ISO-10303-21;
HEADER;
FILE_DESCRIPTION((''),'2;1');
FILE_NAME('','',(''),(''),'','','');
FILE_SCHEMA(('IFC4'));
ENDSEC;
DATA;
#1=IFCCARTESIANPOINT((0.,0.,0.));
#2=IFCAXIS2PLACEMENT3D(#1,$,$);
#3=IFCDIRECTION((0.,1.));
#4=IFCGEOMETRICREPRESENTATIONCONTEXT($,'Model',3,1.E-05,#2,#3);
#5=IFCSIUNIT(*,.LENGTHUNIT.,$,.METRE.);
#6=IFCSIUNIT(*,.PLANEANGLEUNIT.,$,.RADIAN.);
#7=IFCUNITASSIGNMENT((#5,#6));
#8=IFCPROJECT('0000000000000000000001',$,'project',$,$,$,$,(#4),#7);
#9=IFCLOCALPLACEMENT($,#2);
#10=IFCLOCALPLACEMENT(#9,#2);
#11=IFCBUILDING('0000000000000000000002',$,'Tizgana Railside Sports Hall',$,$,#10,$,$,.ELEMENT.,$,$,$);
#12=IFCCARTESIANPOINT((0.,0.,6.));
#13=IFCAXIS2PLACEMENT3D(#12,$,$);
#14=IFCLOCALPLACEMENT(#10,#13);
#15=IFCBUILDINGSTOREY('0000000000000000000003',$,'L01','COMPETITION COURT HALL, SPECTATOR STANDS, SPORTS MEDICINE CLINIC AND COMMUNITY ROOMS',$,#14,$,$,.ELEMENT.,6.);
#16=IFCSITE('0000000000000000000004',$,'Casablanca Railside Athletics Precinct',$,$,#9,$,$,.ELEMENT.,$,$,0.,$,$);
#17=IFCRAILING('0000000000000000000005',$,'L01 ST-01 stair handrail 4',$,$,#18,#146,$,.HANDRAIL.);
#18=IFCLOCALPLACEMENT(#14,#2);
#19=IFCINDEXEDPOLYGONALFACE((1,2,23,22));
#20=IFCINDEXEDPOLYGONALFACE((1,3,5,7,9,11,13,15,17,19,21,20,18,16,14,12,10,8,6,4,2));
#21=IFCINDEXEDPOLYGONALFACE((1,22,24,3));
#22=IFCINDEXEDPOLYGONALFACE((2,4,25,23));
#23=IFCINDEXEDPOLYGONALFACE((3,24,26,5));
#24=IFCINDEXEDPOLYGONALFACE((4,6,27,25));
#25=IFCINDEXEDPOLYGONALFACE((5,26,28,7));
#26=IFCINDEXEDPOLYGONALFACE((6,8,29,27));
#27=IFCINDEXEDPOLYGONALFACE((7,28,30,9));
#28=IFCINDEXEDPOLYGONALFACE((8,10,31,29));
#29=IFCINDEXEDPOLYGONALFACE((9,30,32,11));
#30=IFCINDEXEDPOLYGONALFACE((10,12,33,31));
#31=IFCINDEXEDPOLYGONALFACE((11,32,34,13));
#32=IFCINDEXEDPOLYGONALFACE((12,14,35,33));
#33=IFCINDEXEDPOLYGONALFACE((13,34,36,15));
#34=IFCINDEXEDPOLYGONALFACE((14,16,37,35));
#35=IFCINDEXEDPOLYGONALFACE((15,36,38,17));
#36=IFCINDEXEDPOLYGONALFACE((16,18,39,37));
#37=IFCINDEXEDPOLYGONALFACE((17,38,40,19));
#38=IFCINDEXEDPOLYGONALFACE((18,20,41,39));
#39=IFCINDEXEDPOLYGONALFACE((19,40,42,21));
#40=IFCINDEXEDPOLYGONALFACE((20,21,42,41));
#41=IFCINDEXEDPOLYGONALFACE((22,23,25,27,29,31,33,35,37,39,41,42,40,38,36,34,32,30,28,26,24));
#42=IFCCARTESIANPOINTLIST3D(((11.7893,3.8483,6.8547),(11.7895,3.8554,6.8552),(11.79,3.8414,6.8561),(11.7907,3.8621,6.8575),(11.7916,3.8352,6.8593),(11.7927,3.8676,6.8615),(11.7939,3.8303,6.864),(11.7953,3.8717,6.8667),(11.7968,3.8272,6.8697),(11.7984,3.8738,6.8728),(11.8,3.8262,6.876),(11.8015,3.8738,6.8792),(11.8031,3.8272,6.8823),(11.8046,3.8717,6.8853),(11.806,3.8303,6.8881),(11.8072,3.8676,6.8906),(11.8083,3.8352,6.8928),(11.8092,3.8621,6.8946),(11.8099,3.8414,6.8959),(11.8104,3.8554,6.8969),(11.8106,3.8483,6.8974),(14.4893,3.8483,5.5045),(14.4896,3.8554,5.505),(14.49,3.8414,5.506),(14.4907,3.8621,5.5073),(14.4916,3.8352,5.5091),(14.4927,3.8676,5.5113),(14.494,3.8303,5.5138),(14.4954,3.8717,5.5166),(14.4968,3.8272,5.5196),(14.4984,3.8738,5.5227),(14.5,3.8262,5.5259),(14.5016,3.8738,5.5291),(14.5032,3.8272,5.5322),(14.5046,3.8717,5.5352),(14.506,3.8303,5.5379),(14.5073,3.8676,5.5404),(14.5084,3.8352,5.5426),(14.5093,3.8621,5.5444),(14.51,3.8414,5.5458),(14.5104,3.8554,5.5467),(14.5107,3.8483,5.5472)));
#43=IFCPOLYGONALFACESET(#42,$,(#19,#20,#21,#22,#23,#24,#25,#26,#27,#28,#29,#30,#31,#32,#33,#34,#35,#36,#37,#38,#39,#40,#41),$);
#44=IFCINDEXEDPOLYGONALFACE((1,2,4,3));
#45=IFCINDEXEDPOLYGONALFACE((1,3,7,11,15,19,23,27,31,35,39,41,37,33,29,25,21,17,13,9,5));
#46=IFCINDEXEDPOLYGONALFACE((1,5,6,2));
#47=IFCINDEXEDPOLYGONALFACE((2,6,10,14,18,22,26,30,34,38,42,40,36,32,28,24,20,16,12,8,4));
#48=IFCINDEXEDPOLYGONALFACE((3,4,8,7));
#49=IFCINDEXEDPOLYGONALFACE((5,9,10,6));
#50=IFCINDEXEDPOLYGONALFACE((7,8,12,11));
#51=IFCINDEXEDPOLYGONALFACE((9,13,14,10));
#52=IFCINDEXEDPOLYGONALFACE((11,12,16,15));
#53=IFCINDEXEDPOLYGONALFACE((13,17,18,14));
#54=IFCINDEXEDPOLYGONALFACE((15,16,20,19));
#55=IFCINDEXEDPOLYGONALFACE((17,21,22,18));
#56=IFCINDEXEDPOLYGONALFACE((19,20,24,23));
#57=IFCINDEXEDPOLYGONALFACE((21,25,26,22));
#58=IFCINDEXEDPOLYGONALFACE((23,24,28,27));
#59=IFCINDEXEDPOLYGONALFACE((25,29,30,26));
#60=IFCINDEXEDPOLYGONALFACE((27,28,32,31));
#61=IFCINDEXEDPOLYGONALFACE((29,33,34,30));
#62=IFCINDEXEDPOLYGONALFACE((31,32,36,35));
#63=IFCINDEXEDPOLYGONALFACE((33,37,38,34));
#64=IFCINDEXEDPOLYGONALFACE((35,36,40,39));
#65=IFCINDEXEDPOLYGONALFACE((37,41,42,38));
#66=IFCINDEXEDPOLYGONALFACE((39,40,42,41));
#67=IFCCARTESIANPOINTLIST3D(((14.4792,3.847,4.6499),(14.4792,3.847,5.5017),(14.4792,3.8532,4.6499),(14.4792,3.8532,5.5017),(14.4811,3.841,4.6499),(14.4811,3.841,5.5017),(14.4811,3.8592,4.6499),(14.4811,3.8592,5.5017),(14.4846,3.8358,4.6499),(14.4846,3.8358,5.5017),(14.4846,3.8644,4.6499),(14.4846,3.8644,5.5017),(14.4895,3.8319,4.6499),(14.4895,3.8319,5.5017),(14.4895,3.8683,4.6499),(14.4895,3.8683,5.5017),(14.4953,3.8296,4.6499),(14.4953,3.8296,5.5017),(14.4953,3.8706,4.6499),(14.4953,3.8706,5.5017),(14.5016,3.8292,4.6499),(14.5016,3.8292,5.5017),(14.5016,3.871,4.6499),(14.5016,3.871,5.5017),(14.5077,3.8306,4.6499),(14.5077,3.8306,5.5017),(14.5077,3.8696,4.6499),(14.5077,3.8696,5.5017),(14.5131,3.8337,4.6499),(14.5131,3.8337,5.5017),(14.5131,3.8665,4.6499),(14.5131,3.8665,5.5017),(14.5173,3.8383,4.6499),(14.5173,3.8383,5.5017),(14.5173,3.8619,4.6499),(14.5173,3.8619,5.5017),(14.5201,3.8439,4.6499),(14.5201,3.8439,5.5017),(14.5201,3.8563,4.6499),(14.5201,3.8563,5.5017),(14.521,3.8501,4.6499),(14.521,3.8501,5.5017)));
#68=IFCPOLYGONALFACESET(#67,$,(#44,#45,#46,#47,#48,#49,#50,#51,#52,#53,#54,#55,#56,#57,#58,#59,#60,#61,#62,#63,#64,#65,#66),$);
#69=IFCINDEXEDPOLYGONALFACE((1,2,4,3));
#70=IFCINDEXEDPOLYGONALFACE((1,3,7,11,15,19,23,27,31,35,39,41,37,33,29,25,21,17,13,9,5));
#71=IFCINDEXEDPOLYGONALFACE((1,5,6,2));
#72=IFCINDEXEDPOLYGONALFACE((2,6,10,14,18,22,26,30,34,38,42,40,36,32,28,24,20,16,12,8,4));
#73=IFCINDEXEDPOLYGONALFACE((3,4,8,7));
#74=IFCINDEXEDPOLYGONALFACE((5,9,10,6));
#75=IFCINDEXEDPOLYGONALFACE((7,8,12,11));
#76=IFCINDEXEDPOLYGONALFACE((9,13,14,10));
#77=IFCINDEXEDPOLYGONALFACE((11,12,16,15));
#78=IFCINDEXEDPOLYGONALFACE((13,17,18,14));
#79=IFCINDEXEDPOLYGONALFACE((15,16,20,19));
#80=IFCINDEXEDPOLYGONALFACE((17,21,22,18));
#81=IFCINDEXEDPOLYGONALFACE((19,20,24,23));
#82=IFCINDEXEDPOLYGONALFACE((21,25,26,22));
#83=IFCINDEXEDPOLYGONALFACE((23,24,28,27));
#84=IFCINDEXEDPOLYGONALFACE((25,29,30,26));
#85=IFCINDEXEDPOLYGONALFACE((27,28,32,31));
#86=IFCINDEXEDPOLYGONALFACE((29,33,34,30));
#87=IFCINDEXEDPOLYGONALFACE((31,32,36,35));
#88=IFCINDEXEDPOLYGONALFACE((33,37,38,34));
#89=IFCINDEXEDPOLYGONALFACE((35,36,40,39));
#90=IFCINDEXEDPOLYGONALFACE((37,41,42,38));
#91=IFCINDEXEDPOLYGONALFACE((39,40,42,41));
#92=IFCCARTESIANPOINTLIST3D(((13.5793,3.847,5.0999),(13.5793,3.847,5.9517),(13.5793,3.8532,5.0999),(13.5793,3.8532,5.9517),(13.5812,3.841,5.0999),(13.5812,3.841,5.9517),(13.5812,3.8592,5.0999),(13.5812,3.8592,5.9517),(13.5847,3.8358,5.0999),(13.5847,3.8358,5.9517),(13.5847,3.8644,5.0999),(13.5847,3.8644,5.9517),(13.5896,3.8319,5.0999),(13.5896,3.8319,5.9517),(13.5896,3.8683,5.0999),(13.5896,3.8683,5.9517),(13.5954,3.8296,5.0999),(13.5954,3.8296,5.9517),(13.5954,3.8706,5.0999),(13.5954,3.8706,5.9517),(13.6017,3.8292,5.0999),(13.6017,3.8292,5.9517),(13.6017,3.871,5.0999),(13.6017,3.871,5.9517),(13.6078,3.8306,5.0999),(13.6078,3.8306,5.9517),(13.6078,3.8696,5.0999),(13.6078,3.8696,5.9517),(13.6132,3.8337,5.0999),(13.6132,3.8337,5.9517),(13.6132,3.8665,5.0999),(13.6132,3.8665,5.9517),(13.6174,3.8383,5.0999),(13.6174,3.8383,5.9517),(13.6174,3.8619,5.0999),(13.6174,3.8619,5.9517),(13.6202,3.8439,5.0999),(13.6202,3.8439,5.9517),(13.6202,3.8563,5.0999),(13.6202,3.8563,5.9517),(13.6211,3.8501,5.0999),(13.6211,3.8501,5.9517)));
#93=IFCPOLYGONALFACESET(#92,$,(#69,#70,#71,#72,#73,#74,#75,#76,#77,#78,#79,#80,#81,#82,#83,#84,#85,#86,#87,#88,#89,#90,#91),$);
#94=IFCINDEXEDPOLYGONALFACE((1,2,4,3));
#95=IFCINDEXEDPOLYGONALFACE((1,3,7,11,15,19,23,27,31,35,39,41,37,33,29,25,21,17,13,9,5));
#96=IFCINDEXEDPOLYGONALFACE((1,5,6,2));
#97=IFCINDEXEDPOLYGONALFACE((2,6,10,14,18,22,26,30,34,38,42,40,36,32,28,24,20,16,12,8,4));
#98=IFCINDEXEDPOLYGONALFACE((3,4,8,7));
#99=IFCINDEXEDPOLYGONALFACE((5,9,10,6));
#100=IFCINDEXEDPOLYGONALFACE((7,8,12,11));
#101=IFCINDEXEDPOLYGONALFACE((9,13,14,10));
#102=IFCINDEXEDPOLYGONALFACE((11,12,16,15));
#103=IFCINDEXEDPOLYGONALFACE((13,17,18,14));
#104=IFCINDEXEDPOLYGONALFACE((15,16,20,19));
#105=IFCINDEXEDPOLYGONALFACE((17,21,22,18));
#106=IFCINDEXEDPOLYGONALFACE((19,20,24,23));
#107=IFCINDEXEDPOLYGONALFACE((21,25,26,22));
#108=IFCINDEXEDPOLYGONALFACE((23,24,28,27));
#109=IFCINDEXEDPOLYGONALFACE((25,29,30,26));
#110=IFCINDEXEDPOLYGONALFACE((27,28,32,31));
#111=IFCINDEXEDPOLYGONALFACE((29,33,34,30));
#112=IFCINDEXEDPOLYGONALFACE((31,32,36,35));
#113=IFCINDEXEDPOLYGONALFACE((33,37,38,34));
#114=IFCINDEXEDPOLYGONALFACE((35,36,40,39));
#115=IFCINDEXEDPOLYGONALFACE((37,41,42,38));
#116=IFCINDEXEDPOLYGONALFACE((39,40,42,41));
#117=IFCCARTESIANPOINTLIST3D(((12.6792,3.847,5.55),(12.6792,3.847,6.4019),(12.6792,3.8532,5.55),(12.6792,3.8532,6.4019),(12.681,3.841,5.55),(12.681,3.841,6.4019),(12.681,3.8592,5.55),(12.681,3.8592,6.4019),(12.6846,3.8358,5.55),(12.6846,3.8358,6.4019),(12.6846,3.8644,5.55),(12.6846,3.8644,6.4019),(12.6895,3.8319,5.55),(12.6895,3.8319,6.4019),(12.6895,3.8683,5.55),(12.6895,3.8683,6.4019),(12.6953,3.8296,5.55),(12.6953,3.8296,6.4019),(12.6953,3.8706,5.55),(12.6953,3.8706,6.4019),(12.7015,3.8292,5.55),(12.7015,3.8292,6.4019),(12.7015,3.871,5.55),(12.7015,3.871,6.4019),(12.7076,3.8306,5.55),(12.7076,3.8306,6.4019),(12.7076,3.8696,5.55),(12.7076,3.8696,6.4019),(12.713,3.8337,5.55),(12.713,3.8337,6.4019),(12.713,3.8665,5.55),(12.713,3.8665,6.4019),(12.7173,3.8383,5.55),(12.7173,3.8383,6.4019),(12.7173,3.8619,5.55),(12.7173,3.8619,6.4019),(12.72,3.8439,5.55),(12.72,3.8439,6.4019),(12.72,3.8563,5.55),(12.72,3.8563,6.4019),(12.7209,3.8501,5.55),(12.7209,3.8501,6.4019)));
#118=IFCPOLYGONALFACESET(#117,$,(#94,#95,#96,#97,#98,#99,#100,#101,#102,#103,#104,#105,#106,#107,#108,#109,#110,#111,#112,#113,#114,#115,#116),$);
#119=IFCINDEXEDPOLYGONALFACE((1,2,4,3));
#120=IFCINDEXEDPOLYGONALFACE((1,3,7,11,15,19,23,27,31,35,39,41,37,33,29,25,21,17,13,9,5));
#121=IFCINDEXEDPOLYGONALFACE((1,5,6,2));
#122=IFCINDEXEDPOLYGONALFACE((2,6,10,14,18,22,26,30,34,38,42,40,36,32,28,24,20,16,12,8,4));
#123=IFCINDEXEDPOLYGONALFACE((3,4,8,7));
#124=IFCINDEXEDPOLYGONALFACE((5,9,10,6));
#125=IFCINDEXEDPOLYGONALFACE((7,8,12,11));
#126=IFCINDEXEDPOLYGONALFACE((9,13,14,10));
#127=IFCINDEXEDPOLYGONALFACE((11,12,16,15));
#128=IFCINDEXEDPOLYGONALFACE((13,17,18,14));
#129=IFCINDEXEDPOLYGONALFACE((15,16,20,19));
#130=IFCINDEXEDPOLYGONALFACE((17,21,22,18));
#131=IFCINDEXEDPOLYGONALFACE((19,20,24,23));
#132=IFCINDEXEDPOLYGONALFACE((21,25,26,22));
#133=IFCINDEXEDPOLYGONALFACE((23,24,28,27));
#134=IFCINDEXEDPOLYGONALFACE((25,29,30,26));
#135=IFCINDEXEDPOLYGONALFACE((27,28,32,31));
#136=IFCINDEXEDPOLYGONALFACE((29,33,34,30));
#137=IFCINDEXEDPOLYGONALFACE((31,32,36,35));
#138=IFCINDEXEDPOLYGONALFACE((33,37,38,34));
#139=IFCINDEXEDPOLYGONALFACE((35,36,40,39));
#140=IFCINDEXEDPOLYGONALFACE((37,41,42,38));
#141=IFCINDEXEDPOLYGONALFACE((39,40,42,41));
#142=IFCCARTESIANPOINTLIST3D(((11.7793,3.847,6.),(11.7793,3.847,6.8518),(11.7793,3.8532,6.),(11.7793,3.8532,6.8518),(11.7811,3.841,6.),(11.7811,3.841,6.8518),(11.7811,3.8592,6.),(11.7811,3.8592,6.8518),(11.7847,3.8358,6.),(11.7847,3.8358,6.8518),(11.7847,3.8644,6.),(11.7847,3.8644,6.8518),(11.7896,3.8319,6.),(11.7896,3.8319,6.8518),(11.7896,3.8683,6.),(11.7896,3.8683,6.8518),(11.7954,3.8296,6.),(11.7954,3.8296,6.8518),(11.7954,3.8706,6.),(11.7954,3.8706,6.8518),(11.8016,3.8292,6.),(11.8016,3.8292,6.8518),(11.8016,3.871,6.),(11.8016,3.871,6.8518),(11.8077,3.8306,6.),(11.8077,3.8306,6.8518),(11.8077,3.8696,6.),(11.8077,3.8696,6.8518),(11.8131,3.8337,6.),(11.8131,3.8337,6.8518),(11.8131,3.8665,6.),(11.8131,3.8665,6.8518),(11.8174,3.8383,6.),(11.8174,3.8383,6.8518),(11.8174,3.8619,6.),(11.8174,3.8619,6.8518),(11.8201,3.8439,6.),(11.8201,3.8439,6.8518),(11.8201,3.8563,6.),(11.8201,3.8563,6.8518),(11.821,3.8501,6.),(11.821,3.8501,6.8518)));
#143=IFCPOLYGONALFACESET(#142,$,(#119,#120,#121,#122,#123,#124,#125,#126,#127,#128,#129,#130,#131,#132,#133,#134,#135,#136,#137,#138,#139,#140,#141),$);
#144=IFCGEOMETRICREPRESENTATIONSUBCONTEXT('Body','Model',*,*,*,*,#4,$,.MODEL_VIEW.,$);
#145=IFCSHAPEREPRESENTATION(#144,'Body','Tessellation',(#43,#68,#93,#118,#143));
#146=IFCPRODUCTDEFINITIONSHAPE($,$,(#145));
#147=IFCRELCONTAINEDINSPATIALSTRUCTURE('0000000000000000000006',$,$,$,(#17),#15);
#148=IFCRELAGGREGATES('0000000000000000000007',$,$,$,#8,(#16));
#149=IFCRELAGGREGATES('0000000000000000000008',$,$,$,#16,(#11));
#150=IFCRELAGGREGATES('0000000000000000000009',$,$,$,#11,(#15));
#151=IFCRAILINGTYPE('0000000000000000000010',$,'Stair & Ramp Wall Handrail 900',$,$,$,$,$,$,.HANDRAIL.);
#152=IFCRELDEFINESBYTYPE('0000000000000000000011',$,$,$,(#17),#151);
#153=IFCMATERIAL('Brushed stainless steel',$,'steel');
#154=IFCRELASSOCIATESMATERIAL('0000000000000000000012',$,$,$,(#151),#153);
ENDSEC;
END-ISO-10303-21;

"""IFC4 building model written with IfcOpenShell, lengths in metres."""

from ifc_helpers import new_model, si_unit, direction, frame, origin, origin_2d, place, context, subcontext, project, spatial, circle, extrude, material, type_object, element, save


model = new_model("IFC4")

# Units and contexts
model_context = context("Model", 3, precision=1e-05, world=origin(), true_north=direction((0.0, 1.0)))
body_context = subcontext(model_context, "Body", "Model", "MODEL_VIEW")
ifc_project = project(units=[si_unit("LENGTHUNIT", "METRE"), si_unit("PLANEANGLEUNIT", "RADIAN")], contexts=[model_context])

# Site, building, storey
site_placement = place(None, origin())
site = spatial("IfcSite", under=ifc_project, at=site_placement, Name="Casablanca Railside Athletics Precinct", CompositionType="ELEMENT", RefElevation=0.0)
building_placement = place(site_placement, origin())
building = spatial("IfcBuilding", under=site, at=building_placement, Name="Tizgana Railside Sports Hall", CompositionType="ELEMENT")
storey_placement = place(building_placement, frame((0.0, 0.0, 6.0)))
storey = spatial("IfcBuildingStorey", under=building, at=storey_placement, Name="L01", Description="COMPETITION COURT HALL, SPECTATOR STANDS, SPORTS MEDICINE CLINIC AND COMMUNITY ROOMS", CompositionType="ELEMENT", Elevation=6.0)

# Railing
ifc_material_1 = material(Name="Brushed stainless steel", Category="steel")
railing_type = type_object("IfcRailingType", Name="Stair & Ramp Wall Handrail 900", PredefinedType="HANDRAIL", material=ifc_material_1)
railing_placement = place(storey_placement, frame((14.5, 3.8501, 4.6499)))
element("IfcRailing", 1, at=railing_placement, inside=storey, type_object=railing_type, Name="L01 ST-01 stair handrail 4", PredefinedType="HANDRAIL", context=body_context, shape_type="SweptSolid", body=[
    extrude(circle(Radius=0.0239, at=origin_2d()), frame((0.0, 0.0, 0.876), z_axis=(-0.894411, 0.0, 0.447246), x_axis=(0.0, -1.0, 0.0)), (0.0, 0.0, 1.0), 3.0188),
    extrude(circle(Radius=0.021, at=origin_2d()), origin(), (0.0, 0.0, 1.0), 0.8518),
    extrude(circle(Radius=0.021, at=origin_2d()), frame((-0.8999, 0.0, 0.45)), (0.0, 0.0, 1.0), 0.8518),
    extrude(circle(Radius=0.021, at=origin_2d()), frame((-1.8, 0.0, 0.9001)), (0.0, 0.0, 1.0), 0.8518),
    extrude(circle(Radius=0.021, at=origin_2d()), frame((-2.7, 0.0, 1.3501)), (0.0, 0.0, 1.0), 0.8518),
])

save(model, "model.ifc")
